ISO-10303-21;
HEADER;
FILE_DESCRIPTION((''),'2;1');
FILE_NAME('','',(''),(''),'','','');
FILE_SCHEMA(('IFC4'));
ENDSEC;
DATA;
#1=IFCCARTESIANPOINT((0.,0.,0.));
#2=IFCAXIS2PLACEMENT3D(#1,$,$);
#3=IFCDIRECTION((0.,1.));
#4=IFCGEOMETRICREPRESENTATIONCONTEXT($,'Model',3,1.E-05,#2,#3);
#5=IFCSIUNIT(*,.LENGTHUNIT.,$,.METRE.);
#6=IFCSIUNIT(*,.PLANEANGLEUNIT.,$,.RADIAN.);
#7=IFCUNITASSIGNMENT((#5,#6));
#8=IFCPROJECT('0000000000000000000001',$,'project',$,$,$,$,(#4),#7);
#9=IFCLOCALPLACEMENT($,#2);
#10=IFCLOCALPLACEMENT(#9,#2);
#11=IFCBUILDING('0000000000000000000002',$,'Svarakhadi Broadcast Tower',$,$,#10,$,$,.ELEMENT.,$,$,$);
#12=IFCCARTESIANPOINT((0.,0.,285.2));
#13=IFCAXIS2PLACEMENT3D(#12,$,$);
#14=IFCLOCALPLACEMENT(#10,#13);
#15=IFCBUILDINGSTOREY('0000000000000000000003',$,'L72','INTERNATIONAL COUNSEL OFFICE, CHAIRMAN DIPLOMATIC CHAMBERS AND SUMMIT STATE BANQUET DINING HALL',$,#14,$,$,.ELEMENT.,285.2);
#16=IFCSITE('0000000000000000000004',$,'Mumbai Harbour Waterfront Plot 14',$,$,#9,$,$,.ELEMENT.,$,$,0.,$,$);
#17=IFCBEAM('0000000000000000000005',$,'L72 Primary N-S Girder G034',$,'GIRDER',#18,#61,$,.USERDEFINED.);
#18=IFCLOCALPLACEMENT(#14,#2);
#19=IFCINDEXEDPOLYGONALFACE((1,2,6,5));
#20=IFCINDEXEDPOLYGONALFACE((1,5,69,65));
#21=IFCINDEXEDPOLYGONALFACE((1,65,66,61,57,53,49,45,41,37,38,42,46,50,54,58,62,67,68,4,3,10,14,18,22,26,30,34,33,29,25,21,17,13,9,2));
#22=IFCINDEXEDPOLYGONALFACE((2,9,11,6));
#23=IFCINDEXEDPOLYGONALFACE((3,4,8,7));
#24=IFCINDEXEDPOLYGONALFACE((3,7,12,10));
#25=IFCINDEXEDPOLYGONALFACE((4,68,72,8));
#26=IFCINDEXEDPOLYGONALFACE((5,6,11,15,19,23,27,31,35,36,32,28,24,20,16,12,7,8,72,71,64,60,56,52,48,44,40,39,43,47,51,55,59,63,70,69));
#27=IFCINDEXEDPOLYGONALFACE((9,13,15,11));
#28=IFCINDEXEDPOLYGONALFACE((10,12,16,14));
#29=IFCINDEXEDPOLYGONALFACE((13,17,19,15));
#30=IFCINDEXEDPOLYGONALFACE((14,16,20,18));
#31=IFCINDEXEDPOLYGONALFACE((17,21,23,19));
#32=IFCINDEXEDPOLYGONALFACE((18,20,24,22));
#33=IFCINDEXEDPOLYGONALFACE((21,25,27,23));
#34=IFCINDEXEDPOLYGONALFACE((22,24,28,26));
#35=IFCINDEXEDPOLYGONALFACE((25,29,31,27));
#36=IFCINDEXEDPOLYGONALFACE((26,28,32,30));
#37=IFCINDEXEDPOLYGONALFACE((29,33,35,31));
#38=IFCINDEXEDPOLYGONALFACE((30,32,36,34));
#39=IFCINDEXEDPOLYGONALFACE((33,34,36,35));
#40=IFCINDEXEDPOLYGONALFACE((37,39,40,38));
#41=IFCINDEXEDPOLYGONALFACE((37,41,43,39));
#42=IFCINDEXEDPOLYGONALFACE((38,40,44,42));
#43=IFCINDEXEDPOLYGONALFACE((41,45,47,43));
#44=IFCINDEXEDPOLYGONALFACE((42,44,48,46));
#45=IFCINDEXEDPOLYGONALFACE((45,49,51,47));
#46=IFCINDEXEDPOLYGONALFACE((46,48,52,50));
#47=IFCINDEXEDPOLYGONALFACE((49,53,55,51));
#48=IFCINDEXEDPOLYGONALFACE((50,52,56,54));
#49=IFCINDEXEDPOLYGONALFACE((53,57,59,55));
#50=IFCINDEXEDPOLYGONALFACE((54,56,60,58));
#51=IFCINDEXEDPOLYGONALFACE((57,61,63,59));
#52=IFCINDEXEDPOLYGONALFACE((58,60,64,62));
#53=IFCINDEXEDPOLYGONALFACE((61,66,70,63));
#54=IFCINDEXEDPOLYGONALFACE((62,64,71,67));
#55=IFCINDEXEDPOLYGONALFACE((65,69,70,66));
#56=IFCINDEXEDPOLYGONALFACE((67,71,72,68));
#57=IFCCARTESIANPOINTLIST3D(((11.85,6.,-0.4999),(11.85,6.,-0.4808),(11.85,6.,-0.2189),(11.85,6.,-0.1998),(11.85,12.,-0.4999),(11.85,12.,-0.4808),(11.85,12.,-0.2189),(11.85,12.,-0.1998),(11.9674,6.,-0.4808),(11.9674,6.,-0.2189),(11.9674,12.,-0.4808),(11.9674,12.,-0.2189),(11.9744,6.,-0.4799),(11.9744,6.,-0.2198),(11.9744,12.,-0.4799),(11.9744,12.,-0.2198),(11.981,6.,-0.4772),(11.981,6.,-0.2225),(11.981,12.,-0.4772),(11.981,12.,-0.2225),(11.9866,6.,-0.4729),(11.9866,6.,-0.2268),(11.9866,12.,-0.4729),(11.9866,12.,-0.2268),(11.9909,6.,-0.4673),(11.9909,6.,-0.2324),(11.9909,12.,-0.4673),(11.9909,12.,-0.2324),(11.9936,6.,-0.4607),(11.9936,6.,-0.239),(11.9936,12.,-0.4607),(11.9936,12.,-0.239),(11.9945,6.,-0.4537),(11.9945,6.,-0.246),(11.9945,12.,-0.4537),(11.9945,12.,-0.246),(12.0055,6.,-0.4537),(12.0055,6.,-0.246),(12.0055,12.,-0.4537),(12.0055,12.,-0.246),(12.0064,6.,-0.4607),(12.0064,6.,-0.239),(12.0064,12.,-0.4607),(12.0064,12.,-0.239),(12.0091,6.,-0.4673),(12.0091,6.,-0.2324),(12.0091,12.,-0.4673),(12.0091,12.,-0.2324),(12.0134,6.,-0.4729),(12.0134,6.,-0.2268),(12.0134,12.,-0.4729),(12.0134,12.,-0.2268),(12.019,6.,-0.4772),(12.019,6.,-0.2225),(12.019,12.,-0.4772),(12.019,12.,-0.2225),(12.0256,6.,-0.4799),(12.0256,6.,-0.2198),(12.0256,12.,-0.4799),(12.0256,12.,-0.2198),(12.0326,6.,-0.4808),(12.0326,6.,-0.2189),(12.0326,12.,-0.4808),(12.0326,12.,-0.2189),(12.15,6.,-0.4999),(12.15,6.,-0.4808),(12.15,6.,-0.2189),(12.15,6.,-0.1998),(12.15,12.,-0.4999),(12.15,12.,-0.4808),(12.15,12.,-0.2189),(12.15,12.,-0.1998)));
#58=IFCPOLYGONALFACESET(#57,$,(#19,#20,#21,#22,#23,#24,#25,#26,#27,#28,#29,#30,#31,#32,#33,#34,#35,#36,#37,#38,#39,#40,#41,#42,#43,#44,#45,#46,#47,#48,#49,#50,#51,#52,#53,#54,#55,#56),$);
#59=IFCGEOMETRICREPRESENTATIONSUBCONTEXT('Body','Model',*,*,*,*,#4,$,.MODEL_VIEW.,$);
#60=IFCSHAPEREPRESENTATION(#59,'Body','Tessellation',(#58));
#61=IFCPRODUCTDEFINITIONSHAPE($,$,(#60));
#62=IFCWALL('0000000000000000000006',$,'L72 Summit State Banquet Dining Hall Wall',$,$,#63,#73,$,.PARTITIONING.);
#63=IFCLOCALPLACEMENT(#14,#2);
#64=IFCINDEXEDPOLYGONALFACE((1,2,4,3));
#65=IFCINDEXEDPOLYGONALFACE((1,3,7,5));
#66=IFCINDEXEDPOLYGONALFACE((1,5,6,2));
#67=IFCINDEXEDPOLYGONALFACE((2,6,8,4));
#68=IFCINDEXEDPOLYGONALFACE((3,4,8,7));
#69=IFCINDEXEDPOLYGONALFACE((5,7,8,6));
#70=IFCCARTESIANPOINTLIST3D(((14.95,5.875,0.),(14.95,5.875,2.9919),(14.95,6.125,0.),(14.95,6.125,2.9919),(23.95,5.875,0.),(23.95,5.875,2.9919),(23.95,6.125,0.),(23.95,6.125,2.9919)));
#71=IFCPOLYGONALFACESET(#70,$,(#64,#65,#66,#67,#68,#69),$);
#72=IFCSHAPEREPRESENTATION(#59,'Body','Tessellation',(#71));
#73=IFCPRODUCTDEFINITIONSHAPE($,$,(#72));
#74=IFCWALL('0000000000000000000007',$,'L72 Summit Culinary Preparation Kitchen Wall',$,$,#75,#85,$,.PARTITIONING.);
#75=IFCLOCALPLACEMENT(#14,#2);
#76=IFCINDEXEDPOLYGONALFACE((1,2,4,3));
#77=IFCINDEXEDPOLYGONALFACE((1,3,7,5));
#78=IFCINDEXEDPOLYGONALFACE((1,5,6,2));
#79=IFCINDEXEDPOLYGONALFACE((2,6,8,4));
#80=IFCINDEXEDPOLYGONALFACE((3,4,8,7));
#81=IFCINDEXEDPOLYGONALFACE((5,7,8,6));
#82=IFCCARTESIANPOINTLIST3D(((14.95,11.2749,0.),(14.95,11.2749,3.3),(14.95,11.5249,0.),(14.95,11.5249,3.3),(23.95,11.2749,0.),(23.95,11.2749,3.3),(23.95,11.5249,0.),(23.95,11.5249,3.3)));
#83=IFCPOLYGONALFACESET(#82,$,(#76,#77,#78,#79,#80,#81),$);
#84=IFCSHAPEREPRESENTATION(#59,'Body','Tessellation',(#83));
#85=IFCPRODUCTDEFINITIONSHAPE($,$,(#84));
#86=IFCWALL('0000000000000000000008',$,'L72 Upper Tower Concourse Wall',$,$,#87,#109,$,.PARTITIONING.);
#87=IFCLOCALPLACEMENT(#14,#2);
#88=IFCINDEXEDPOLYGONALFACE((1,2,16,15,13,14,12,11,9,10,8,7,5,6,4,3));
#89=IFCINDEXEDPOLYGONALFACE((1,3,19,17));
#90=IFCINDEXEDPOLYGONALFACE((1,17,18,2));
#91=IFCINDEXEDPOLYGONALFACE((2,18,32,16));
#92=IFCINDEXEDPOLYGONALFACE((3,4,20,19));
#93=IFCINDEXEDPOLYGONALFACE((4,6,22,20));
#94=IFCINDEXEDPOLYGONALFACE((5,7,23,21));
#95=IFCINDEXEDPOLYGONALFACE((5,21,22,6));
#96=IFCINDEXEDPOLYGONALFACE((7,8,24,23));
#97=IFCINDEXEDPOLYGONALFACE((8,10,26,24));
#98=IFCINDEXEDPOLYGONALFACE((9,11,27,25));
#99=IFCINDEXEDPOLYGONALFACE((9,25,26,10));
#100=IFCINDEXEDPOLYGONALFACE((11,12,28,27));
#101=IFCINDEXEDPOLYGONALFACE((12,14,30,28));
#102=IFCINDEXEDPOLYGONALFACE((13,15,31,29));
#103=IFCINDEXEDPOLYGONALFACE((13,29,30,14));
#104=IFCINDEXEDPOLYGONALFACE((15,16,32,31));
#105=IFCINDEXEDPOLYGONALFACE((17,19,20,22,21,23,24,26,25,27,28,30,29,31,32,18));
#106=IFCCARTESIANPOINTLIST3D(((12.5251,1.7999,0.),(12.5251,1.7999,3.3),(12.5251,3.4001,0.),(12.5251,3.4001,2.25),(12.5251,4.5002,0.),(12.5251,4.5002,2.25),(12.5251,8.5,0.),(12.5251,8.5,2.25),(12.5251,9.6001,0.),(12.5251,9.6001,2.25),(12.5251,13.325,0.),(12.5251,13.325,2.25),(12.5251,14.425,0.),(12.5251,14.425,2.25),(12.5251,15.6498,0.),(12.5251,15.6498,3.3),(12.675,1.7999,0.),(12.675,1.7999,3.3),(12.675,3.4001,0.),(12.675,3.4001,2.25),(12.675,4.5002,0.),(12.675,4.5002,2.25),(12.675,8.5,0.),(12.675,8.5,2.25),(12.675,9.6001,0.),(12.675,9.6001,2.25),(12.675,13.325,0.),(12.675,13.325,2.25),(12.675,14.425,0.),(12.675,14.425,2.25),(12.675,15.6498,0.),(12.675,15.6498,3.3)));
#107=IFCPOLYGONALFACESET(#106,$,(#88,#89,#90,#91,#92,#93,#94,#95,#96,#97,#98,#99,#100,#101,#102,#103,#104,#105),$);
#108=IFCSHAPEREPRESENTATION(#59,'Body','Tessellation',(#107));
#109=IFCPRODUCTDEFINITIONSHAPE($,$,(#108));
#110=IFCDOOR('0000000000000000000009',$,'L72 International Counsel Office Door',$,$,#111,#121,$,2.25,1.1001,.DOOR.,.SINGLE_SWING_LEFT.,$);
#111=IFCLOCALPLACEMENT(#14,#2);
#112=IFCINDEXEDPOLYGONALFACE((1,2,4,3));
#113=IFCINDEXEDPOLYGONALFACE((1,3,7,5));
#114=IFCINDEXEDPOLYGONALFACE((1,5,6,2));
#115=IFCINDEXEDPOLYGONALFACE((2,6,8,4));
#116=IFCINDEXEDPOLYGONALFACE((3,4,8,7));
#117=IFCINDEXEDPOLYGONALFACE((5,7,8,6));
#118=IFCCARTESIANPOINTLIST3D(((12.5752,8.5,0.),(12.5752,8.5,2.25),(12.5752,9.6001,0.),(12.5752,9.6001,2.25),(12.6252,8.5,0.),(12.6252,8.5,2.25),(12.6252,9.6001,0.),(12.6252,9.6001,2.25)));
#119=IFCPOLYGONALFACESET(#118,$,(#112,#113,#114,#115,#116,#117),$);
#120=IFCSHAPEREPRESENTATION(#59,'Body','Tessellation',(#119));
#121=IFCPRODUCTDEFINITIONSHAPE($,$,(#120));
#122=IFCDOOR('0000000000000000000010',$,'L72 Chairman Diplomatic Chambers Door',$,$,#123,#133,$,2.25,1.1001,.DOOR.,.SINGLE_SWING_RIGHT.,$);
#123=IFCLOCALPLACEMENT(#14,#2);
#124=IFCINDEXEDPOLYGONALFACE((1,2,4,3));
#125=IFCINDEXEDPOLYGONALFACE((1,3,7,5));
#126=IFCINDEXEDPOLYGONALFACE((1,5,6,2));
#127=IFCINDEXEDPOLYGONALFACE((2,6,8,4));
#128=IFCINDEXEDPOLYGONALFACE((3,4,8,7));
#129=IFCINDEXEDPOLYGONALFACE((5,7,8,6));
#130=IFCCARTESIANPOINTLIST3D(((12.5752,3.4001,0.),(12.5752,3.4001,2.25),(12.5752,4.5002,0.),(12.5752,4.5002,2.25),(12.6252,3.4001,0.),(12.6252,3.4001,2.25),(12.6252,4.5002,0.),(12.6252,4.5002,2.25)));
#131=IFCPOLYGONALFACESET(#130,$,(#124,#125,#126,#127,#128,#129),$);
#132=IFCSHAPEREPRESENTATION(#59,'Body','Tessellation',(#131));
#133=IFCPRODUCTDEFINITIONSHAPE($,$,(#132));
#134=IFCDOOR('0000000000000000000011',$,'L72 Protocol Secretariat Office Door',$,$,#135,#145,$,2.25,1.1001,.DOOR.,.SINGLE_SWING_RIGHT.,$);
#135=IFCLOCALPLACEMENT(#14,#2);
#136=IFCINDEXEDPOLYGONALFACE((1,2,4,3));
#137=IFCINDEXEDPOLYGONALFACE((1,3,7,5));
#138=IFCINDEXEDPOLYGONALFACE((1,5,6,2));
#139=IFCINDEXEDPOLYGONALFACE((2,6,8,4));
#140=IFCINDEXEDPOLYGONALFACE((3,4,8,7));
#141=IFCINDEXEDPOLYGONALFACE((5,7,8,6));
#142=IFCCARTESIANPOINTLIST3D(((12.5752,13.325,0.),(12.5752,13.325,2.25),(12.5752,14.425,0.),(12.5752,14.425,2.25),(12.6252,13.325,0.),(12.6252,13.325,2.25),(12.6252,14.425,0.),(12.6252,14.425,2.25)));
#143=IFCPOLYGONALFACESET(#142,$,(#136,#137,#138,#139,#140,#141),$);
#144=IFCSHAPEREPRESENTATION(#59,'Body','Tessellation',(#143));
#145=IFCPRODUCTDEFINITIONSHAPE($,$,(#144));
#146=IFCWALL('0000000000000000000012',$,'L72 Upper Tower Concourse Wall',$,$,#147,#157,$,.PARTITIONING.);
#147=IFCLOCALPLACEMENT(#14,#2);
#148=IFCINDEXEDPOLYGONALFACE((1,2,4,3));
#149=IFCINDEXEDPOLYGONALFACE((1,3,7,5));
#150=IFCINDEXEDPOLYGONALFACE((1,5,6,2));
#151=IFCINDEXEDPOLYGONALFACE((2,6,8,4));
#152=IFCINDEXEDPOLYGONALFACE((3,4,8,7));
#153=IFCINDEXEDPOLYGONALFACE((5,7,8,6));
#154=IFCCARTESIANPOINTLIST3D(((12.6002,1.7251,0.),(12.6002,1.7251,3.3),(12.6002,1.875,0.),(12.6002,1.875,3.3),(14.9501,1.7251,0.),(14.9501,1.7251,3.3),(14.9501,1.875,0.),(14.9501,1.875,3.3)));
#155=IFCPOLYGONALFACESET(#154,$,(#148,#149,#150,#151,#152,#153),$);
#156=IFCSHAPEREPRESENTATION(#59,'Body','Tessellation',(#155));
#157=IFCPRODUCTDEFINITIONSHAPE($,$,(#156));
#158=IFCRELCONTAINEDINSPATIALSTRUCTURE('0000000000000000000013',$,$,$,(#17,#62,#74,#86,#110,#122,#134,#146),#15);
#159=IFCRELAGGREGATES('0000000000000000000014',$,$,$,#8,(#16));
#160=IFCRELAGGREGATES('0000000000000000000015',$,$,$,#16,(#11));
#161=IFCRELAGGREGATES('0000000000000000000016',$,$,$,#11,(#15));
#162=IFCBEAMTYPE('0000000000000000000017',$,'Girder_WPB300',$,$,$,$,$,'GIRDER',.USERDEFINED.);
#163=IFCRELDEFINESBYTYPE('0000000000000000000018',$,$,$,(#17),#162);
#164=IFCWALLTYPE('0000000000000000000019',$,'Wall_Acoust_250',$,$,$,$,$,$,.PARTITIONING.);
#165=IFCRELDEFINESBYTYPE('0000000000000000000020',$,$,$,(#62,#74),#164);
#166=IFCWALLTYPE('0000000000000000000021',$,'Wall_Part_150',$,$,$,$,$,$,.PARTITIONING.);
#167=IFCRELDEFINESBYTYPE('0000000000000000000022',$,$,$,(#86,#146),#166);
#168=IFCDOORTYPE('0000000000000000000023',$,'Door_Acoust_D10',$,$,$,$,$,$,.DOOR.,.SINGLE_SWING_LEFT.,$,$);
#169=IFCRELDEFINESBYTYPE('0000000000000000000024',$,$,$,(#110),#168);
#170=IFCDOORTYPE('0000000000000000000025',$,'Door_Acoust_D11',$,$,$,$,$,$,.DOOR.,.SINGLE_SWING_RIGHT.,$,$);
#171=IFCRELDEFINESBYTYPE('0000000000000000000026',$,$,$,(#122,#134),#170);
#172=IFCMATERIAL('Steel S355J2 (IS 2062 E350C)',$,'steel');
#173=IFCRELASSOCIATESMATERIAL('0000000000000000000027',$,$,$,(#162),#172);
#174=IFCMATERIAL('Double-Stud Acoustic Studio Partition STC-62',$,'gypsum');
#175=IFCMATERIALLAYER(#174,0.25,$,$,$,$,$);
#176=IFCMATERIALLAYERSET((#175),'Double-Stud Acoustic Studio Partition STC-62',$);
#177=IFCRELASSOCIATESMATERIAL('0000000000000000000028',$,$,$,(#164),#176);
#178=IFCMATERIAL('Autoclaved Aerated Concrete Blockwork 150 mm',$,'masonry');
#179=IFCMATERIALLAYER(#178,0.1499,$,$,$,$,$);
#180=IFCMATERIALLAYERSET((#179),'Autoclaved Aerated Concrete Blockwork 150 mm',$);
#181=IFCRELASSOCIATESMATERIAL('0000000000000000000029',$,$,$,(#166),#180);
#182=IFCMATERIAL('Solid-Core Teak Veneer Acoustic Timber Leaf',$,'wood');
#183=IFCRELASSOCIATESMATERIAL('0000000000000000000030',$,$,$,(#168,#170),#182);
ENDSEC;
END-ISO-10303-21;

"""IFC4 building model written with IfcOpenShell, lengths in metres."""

from ifc_helpers import new_model, si_unit, direction, frame, frame_2d, origin, origin_2d, place, context, subcontext, project, spatial, rectangle, i_section, extrude, material, layer, layer_set, material_profile, profile_set, type_object, element, fill, save


model = new_model("IFC4")

# Units and contexts
model_context = context("Model", 3, precision=1e-05, world=origin(), true_north=direction((0.0, 1.0)))
body_context = subcontext(model_context, "Body", "Model", "MODEL_VIEW")
ifc_project = project(units=[si_unit("LENGTHUNIT", "METRE"), si_unit("PLANEANGLEUNIT", "RADIAN")], contexts=[model_context])

# Site, building, storey
site_placement = place(None, origin())
site = spatial("IfcSite", under=ifc_project, at=site_placement, Name="Mumbai Harbour Waterfront Plot 14", CompositionType="ELEMENT", RefElevation=0.0)
building_placement = place(site_placement, origin())
building = spatial("IfcBuilding", under=site, at=building_placement, Name="Svarakhadi Broadcast Tower", CompositionType="ELEMENT")
storey_placement = place(building_placement, frame((0.0, 0.0, 285.2)))
storey = spatial("IfcBuildingStorey", under=building, at=storey_placement, Name="L72", Description="INTERNATIONAL COUNSEL OFFICE, CHAIRMAN DIPLOMATIC CHAMBERS AND SUMMIT STATE BANQUET DINING HALL", CompositionType="ELEMENT", Elevation=285.2)

# Beam
ifc_material_1 = material(Name="Steel S355J2 (IS 2062 E350C)", Category="steel")
ifc_material_profile_1 = material_profile(ifc_material_1, i_section(OverallWidth=0.3, OverallDepth=0.3, WebThickness=0.011, FlangeThickness=0.019, FilletRadius=0.0271, at=origin_2d()), Name="WPB 300x300x117")
ifc_profile_set_1 = profile_set([ifc_material_profile_1], Name="Steel S355J2 (IS 2062 E350C)")
beam_type_1 = type_object("IfcBeamType", Name="Girder_WPB300", ElementType="GIRDER", PredefinedType="USERDEFINED", material=ifc_profile_set_1)
beam_1_placement = place(storey_placement, frame((12.0, 6.0, -0.3499), z_axis=(0.0, 1.0, 0.0), x_axis=(-1.0, 0.0, 0.0)))
element("IfcBeam", 1, at=beam_1_placement, inside=storey, type_object=beam_type_1, Name="L72 Primary N-S Girder G034", ObjectType="GIRDER", PredefinedType="USERDEFINED", context=body_context, shape_type="SweptSolid", body=[
    extrude(i_section(OverallWidth=0.3, OverallDepth=0.3, WebThickness=0.011, FlangeThickness=0.019, FilletRadius=0.0271, at=origin_2d()), origin(), (0.0, 0.0, 1.0), 6.0),
])

# Walls
ifc_material_2 = material(Name="Double-Stud Acoustic Studio Partition STC-62", Category="gypsum")
ifc_layer_1 = layer(ifc_material_2, 0.25)
ifc_layer_set_1 = layer_set([ifc_layer_1], Name="Double-Stud Acoustic Studio Partition STC-62")
wall_type_1 = type_object("IfcWallType", Name="Wall_Acoust_250", PredefinedType="PARTITIONING", material=ifc_layer_set_1)
wall_1_placement = place(storey_placement, frame((14.95, 6.0, 0.0), z_axis=(0.0, 0.0, 1.0), x_axis=(1.0, 0.0, 0.0)))
element("IfcWall", 2, at=wall_1_placement, inside=storey, type_object=wall_type_1, Name="L72 Summit State Banquet Dining Hall Wall", PredefinedType="PARTITIONING", context=body_context, shape_type="SweptSolid", body=[
    extrude(rectangle(XDim=9.0, YDim=0.25, at=frame_2d((4.5, 0.0))), origin(), (0.0, 0.0, 1.0), 2.9919),
])
wall_2_placement = place(storey_placement, frame((14.95, 11.3999, 0.0), z_axis=(0.0, 0.0, 1.0), x_axis=(1.0, 0.0, 0.0)))
element("IfcWall", 3, at=wall_2_placement, inside=storey, type_object=wall_type_1, Name="L72 Summit Culinary Preparation Kitchen Wall", PredefinedType="PARTITIONING", context=body_context, shape_type="SweptSolid", body=[
    extrude(rectangle(XDim=9.0, YDim=0.25, at=frame_2d((4.5, 0.0))), origin(), (0.0, 0.0, 1.0), 3.3),
])

# Wall, openings, doors
ifc_material_3 = material(Name="Autoclaved Aerated Concrete Blockwork 150 mm", Category="masonry")
ifc_layer_2 = layer(ifc_material_3, 0.1499)
ifc_layer_set_2 = layer_set([ifc_layer_2], Name="Autoclaved Aerated Concrete Blockwork 150 mm")
wall_type_2 = type_object("IfcWallType", Name="Wall_Part_150", PredefinedType="PARTITIONING", material=ifc_layer_set_2)
wall_3_placement = place(storey_placement, frame((12.6001, 1.8, 0.0), z_axis=(0.0, 0.0, 1.0), x_axis=(0.0, 1.0, 0.0)))
wall_3 = element("IfcWall", 4, at=wall_3_placement, inside=storey, type_object=wall_type_2, Name="L72 Upper Tower Concourse Wall", PredefinedType="PARTITIONING", context=body_context, shape_type="SweptSolid", body=[
    extrude(rectangle(XDim=13.8499, YDim=0.1499, at=frame_2d((6.9248, 0.0))), origin(), (0.0, 0.0, 1.0), 3.3),
])
opening_1_placement = place(wall_3_placement, frame((1.6001, 0.0, 0.0)))
opening_1 = element("IfcOpeningElement", 5, at=opening_1_placement, cuts=wall_3, PredefinedType="OPENING", context=body_context, shape_type="SweptSolid", body=[
    extrude(rectangle(XDim=1.1001, YDim=2.25, at=frame_2d((0.55, 1.125))), frame((0.0, 0.085, 0.0), z_axis=(0.0, -1.0, 0.0), x_axis=(1.0, 0.0, 0.0)), (0.0, 0.0, 1.0), 0.1699),
])
opening_2_placement = place(wall_3_placement, frame((6.7, 0.0, 0.0)))
opening_2 = element("IfcOpeningElement", 6, at=opening_2_placement, cuts=wall_3, PredefinedType="OPENING", context=body_context, shape_type="SweptSolid", body=[
    extrude(rectangle(XDim=1.1001, YDim=2.25, at=frame_2d((0.55, 1.125))), frame((0.0, 0.085, 0.0), z_axis=(0.0, -1.0, 0.0), x_axis=(1.0, 0.0, 0.0)), (0.0, 0.0, 1.0), 0.1699),
])
opening_3_placement = place(wall_3_placement, frame((11.5249, 0.0, 0.0)))
opening_3 = element("IfcOpeningElement", 7, at=opening_3_placement, cuts=wall_3, PredefinedType="OPENING", context=body_context, shape_type="SweptSolid", body=[
    extrude(rectangle(XDim=1.1001, YDim=2.25, at=frame_2d((0.55, 1.125))), frame((0.0, 0.085, 0.0), z_axis=(0.0, -1.0, 0.0), x_axis=(1.0, 0.0, 0.0)), (0.0, 0.0, 1.0), 0.1699),
])
ifc_material_4 = material(Name="Solid-Core Teak Veneer Acoustic Timber Leaf", Category="wood")
door_type_1 = type_object("IfcDoorType", Name="Door_Acoust_D10", OperationType="SINGLE_SWING_LEFT", PredefinedType="DOOR", material=ifc_material_4)
door_1_placement = place(opening_2_placement, origin())
door_1 = element("IfcDoor", 8, at=door_1_placement, inside=storey, type_object=door_type_1, Name="L72 International Counsel Office Door", OperationType="SINGLE_SWING_LEFT", OverallHeight=2.25, OverallWidth=1.1001, PredefinedType="DOOR", context=body_context, shape_type="SweptSolid", body=[
    extrude(rectangle(XDim=1.1001, YDim=2.25, at=frame_2d((0.55, 1.125))), frame((0.0, 0.0249, 0.0), z_axis=(0.0, -1.0, 0.0), x_axis=(1.0, 0.0, 0.0)), (0.0, 0.0, 1.0), 0.05),
])
fill(opening_2, door_1)
door_type_2 = type_object("IfcDoorType", Name="Door_Acoust_D11", OperationType="SINGLE_SWING_RIGHT", PredefinedType="DOOR", material=ifc_material_4)
door_2_placement = place(opening_1_placement, origin())
door_2 = element("IfcDoor", 9, at=door_2_placement, inside=storey, type_object=door_type_2, Name="L72 Chairman Diplomatic Chambers Door", OperationType="SINGLE_SWING_RIGHT", OverallHeight=2.25, OverallWidth=1.1001, PredefinedType="DOOR", context=body_context, shape_type="SweptSolid", body=[
    extrude(rectangle(XDim=1.1001, YDim=2.25, at=frame_2d((0.55, 1.125))), frame((0.0, 0.0249, 0.0), z_axis=(0.0, -1.0, 0.0), x_axis=(1.0, 0.0, 0.0)), (0.0, 0.0, 1.0), 0.05),
])
fill(opening_1, door_2)
door_3_placement = place(opening_3_placement, origin())
door_3 = element("IfcDoor", 10, at=door_3_placement, inside=storey, type_object=door_type_2, Name="L72 Protocol Secretariat Office Door", OperationType="SINGLE_SWING_RIGHT", OverallHeight=2.25, OverallWidth=1.1001, PredefinedType="DOOR", context=body_context, shape_type="SweptSolid", body=[
    extrude(rectangle(XDim=1.1001, YDim=2.25, at=frame_2d((0.55, 1.125))), frame((0.0, 0.0249, 0.0), z_axis=(0.0, -1.0, 0.0), x_axis=(1.0, 0.0, 0.0)), (0.0, 0.0, 1.0), 0.05),
])
fill(opening_3, door_3)

# Wall
wall_4_placement = place(storey_placement, frame((14.95, 1.8, 0.0), z_axis=(0.0, 0.0, 1.0), x_axis=(-1.0, 0.0, 0.0)))
element("IfcWall", 11, at=wall_4_placement, inside=storey, type_object=wall_type_2, Name="L72 Upper Tower Concourse Wall", PredefinedType="PARTITIONING", context=body_context, shape_type="SweptSolid", body=[
    extrude(rectangle(XDim=2.3499, YDim=0.1499, at=frame_2d((1.1748, 0.0))), origin(), (0.0, 0.0, 1.0), 3.3),
])

save(model, "model.ifc")
